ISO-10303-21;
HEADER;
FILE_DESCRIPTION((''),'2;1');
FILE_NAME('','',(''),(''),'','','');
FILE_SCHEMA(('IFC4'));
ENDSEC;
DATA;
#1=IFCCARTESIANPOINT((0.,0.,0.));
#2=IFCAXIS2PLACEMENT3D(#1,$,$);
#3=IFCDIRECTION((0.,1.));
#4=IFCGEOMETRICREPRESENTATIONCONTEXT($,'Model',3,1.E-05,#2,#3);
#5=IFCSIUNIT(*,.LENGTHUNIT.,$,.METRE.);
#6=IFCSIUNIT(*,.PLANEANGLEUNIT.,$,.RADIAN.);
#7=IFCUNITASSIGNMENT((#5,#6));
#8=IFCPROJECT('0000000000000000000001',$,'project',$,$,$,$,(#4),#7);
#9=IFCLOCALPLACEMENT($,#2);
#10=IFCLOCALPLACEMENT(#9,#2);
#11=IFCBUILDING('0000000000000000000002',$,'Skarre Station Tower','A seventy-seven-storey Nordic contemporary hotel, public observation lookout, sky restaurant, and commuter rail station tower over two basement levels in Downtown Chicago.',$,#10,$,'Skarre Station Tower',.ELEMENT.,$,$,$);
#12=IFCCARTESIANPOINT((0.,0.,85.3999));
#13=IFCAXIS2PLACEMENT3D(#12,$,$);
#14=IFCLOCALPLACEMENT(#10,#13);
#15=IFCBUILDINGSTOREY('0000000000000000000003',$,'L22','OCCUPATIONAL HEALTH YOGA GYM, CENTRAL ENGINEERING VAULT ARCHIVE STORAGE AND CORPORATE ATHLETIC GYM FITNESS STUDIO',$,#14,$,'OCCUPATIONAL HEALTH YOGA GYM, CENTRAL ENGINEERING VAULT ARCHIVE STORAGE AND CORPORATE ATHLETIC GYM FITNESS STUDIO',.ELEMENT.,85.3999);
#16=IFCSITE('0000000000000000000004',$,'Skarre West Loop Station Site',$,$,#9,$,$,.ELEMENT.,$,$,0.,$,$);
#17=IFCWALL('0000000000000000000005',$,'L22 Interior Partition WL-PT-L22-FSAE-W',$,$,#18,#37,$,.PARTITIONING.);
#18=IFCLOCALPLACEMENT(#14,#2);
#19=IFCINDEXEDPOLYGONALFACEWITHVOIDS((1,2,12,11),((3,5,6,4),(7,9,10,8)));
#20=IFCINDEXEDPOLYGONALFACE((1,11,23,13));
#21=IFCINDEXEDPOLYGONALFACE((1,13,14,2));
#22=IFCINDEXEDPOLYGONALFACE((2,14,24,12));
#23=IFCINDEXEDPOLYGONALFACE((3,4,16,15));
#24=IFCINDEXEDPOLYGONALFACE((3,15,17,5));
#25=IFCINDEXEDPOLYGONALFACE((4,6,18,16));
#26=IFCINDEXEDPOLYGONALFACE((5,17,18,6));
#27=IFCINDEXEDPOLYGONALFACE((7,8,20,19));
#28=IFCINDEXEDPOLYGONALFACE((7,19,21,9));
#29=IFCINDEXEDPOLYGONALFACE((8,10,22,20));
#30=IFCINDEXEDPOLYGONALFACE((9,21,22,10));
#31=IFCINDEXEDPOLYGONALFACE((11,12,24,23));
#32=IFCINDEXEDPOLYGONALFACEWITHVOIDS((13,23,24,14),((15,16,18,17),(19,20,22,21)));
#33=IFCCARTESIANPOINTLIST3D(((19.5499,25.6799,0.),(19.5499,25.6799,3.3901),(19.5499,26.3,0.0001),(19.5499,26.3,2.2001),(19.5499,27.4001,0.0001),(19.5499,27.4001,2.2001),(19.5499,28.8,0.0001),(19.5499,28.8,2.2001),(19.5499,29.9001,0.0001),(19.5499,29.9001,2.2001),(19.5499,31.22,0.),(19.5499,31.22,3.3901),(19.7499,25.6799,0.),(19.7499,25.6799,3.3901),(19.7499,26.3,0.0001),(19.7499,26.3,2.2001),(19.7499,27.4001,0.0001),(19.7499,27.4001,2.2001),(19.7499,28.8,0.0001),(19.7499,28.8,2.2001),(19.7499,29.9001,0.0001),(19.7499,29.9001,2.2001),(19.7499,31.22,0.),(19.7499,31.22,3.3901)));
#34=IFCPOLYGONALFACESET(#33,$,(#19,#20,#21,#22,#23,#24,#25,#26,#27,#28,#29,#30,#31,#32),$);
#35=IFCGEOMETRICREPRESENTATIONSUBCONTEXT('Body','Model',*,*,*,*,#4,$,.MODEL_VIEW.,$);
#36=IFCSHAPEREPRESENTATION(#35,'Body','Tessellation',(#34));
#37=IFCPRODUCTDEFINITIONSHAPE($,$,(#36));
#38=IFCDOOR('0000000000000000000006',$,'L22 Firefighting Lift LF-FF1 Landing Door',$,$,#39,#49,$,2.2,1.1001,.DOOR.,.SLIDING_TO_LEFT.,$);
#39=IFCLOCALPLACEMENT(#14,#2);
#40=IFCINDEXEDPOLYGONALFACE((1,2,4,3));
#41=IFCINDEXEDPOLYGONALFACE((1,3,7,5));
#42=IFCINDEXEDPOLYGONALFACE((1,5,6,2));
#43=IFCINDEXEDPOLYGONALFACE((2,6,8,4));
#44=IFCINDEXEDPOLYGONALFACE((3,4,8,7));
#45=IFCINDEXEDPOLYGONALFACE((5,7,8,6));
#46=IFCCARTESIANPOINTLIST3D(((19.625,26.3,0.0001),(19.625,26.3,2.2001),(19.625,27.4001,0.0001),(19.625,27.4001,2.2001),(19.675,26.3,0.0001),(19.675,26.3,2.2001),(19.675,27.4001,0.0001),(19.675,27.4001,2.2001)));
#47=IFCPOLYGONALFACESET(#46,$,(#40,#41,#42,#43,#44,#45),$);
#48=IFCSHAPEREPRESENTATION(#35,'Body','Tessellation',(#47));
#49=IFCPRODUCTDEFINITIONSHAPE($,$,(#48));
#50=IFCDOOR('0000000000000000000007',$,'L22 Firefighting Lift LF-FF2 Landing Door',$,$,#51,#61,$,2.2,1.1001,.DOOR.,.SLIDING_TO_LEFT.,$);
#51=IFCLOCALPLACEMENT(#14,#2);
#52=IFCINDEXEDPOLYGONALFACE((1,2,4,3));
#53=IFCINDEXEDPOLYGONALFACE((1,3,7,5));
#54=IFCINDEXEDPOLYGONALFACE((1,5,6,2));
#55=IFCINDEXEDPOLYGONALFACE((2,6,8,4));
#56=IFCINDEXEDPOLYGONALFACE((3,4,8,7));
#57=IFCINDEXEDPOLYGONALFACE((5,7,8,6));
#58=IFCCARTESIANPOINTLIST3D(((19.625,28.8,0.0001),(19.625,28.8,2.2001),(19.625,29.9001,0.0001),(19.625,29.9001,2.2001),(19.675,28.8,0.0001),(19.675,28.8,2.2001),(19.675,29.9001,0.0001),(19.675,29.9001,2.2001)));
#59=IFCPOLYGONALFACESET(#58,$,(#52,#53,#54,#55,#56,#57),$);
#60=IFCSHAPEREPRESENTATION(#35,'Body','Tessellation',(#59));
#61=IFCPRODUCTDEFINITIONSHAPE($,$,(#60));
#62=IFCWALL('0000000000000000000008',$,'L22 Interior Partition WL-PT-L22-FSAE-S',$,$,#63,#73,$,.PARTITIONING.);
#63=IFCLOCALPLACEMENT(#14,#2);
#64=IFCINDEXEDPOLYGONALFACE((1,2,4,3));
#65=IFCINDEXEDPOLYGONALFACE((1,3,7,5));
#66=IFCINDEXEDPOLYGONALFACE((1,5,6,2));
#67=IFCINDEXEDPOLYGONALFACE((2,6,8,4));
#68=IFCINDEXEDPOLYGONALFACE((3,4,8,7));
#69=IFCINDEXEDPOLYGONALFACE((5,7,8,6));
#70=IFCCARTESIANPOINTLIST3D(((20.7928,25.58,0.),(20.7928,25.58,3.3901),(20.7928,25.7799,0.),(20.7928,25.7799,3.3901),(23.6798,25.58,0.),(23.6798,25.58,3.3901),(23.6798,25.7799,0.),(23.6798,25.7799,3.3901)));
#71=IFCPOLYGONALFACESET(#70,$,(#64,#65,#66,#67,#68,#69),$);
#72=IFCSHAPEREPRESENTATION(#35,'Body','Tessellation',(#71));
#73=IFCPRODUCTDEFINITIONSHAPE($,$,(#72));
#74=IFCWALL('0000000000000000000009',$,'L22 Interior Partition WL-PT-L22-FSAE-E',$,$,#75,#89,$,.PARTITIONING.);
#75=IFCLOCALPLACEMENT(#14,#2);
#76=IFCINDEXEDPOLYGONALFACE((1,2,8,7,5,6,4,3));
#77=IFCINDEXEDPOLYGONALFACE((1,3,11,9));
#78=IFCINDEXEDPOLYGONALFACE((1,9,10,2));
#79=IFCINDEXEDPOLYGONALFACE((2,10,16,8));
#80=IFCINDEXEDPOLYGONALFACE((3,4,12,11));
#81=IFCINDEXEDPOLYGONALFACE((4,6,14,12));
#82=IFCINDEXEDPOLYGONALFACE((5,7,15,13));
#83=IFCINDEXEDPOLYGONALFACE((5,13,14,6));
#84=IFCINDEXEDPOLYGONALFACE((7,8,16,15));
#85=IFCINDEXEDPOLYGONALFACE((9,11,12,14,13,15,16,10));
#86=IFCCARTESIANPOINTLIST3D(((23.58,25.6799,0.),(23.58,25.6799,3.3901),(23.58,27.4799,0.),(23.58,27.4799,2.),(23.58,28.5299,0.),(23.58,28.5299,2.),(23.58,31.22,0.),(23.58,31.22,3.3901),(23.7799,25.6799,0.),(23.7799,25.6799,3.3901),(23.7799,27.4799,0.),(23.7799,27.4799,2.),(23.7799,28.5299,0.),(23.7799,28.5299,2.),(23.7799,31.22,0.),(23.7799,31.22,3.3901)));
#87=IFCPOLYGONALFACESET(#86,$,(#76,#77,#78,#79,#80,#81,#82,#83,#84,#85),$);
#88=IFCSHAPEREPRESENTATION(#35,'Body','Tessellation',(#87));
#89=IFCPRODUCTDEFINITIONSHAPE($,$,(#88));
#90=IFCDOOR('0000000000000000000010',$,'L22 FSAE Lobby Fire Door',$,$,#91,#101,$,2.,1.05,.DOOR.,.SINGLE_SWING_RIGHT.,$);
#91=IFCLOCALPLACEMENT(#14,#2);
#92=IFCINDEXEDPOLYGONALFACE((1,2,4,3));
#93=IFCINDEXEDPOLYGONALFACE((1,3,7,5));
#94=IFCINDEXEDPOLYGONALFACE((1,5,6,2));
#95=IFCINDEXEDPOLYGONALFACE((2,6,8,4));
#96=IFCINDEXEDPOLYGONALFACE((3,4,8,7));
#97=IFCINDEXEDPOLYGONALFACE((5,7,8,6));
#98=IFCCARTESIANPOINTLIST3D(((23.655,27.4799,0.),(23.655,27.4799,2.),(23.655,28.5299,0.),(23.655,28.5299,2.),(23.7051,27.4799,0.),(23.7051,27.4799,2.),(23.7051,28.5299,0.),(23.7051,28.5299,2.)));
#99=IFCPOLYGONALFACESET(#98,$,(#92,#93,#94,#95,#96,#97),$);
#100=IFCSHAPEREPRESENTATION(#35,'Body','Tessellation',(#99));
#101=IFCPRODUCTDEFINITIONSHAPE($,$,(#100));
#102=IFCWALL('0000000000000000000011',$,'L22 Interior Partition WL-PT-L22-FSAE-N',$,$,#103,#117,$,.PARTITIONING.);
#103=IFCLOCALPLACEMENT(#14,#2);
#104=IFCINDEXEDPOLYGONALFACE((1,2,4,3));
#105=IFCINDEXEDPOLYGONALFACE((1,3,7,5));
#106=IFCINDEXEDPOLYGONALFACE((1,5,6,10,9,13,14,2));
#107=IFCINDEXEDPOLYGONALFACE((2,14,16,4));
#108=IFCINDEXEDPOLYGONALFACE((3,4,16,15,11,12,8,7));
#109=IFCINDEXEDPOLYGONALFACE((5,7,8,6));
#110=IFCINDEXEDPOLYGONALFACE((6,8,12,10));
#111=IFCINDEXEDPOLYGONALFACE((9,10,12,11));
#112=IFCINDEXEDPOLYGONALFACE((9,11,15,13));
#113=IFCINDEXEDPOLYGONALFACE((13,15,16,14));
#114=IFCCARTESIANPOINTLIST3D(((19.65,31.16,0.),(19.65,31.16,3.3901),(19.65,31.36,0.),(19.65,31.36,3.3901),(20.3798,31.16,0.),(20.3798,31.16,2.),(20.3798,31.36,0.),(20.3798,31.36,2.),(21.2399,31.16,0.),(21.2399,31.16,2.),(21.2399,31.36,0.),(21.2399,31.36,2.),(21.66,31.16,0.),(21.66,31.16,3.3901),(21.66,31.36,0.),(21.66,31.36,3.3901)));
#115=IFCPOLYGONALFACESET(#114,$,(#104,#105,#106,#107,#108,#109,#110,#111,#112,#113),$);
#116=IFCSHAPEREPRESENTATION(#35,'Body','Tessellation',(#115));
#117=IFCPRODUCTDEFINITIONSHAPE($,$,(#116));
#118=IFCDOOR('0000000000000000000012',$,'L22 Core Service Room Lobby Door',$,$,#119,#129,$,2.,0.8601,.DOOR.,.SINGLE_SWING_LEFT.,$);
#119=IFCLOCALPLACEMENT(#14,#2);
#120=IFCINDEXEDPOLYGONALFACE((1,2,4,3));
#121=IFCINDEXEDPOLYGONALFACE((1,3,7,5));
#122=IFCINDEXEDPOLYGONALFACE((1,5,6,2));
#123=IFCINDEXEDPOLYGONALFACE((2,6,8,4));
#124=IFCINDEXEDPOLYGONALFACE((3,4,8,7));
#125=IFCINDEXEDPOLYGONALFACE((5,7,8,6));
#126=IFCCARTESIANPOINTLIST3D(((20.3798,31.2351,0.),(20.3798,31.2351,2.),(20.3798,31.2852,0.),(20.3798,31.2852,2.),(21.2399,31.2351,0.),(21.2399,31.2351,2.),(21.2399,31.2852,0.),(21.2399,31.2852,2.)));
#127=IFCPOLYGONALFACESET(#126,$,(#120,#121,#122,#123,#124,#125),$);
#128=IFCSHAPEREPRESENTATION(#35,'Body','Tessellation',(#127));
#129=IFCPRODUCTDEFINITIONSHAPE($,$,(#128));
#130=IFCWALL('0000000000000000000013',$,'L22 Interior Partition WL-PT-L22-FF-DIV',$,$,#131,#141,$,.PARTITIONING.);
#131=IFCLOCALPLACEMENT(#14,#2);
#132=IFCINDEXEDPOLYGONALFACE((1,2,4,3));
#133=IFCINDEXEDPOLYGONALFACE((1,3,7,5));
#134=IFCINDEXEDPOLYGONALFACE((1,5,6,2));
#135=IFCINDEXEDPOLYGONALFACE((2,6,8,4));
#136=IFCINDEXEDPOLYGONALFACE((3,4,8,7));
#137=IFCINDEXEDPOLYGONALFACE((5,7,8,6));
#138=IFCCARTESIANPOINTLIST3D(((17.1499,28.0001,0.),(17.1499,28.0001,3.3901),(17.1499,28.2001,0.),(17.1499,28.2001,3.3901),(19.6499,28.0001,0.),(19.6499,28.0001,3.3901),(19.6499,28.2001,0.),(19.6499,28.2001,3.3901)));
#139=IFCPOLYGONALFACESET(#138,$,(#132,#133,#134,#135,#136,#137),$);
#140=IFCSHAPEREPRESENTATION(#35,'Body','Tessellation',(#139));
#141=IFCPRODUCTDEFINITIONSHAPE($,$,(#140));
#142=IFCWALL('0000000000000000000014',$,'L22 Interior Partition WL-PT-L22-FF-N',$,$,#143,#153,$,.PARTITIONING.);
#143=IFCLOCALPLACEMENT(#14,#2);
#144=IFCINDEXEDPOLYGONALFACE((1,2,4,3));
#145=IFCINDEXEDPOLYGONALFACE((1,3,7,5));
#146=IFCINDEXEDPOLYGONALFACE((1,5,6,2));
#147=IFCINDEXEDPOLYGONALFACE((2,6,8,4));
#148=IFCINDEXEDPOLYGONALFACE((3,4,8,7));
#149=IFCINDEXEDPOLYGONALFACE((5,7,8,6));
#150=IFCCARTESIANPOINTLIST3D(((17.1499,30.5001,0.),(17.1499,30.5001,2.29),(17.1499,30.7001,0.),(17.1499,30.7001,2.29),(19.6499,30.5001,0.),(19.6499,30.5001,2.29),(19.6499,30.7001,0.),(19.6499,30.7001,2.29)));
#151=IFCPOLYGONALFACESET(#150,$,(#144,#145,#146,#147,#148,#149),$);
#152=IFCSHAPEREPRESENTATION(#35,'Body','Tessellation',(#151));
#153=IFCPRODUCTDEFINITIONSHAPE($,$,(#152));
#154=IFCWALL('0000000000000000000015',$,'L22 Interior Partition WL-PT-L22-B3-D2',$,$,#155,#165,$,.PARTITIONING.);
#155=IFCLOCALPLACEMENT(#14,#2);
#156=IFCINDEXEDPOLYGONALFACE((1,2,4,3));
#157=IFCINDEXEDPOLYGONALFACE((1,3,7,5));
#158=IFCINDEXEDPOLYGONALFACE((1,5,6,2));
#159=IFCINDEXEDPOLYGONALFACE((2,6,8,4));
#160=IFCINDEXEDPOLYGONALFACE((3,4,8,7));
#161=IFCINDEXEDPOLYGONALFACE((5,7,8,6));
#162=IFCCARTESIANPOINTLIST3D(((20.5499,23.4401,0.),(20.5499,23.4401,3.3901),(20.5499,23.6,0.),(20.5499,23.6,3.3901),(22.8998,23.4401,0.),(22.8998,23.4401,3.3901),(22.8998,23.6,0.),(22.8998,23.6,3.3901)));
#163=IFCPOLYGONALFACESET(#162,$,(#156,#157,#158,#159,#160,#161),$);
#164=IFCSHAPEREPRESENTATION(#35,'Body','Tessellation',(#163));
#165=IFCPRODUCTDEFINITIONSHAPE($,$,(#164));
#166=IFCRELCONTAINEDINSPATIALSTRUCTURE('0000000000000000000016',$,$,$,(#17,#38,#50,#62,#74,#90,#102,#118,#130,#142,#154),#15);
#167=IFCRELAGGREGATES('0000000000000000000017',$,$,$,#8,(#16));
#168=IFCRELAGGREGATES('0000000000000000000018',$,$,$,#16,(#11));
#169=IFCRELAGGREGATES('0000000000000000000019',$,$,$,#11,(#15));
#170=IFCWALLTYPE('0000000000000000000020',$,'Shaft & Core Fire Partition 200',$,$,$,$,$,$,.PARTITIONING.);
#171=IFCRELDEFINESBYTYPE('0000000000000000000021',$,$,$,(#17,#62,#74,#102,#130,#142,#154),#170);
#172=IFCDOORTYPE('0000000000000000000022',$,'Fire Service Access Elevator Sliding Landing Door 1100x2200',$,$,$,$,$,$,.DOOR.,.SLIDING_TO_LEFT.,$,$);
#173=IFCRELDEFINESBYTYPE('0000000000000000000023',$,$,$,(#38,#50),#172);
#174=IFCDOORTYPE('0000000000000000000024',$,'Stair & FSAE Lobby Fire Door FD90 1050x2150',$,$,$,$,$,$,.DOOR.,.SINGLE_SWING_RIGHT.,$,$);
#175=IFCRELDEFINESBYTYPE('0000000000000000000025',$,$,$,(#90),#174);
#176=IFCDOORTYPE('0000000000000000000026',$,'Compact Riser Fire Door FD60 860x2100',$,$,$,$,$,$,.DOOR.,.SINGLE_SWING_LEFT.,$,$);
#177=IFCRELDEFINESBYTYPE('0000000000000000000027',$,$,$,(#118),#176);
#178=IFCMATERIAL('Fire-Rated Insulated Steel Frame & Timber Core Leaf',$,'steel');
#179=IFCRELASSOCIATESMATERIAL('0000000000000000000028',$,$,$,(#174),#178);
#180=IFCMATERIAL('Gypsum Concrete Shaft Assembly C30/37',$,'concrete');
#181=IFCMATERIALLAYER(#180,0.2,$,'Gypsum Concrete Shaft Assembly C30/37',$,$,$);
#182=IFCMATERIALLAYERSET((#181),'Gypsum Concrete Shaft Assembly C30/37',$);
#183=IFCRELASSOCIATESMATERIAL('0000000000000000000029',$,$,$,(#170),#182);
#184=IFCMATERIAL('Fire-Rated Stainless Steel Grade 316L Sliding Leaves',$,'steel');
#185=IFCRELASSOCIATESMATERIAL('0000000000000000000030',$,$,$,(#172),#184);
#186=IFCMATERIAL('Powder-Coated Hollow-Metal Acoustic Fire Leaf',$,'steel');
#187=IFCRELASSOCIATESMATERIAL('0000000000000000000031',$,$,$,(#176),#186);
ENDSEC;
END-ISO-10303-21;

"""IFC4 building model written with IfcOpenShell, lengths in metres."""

from ifc_helpers import new_model, si_unit, direction, frame, frame_2d, origin, place, context, subcontext, project, spatial, rectangle, extrude, material, layer, layer_set, type_object, element, fill, save


model = new_model("IFC4")

# Units and contexts
model_context = context("Model", 3, precision=1e-05, world=origin(), true_north=direction((0.0, 1.0)))
body_context = subcontext(model_context, "Body", "Model", "MODEL_VIEW")
ifc_project = project(units=[si_unit("LENGTHUNIT", "METRE"), si_unit("PLANEANGLEUNIT", "RADIAN")], contexts=[model_context])

# Site, building, storey
site_placement = place(None, origin())
site = spatial("IfcSite", under=ifc_project, at=site_placement, Name="Skarre West Loop Station Site", CompositionType="ELEMENT", RefElevation=0.0)
building_placement = place(site_placement, origin())
building = spatial("IfcBuilding", under=site, at=building_placement, Name="Skarre Station Tower", Description="A seventy-seven-storey Nordic contemporary hotel, public observation lookout, sky restaurant, and commuter rail station tower over two basement levels in Downtown Chicago.", LongName="Skarre Station Tower", CompositionType="ELEMENT")
storey_placement = place(building_placement, frame((0.0, 0.0, 85.3999)))
storey = spatial("IfcBuildingStorey", under=building, at=storey_placement, Name="L22", Description="OCCUPATIONAL HEALTH YOGA GYM, CENTRAL ENGINEERING VAULT ARCHIVE STORAGE AND CORPORATE ATHLETIC GYM FITNESS STUDIO", LongName="OCCUPATIONAL HEALTH YOGA GYM, CENTRAL ENGINEERING VAULT ARCHIVE STORAGE AND CORPORATE ATHLETIC GYM FITNESS STUDIO", CompositionType="ELEMENT", Elevation=85.3999)

# Shared definitions
ifc_material_1 = material(Name="Fire-Rated Insulated Steel Frame & Timber Core Leaf", Category="steel")
door_type_1 = type_object("IfcDoorType", Name="Stair & FSAE Lobby Fire Door FD90 1050x2150", OperationType="SINGLE_SWING_RIGHT", PredefinedType="DOOR", material=ifc_material_1)

# Wall, openings, doors
ifc_material_2 = material(Name="Gypsum Concrete Shaft Assembly C30/37", Category="concrete")
ifc_layer_1 = layer(ifc_material_2, 0.2, Name="Gypsum Concrete Shaft Assembly C30/37")
ifc_layer_set_1 = layer_set([ifc_layer_1], Name="Gypsum Concrete Shaft Assembly C30/37")
wall_type_1 = type_object("IfcWallType", Name="Shaft & Core Fire Partition 200", PredefinedType="PARTITIONING", material=ifc_layer_set_1)
wall_1_placement = place(storey_placement, frame((19.6499, 25.6799, 0.0), z_axis=(0.0, 0.0, 1.0), x_axis=(0.0, 1.0, 0.0)))
wall_1 = element("IfcWall", 1, at=wall_1_placement, inside=storey, type_object=wall_type_1, Name="L22 Interior Partition WL-PT-L22-FSAE-W", PredefinedType="PARTITIONING", context=body_context, shape_type="SweptSolid", body=[
    extrude(rectangle(XDim=5.54, YDim=0.2, at=frame_2d((2.77, 0.0))), origin(), (0.0, 0.0, 1.0), 3.3901),
])
opening_1_placement = place(wall_1_placement, frame((0.6201, 0.0, 0.0)))
opening_1 = element("IfcOpeningElement", 2, at=opening_1_placement, cuts=wall_1, PredefinedType="OPENING", context=body_context, shape_type="SweptSolid", body=[
    extrude(rectangle(XDim=1.1001, YDim=2.2, at=frame_2d((0.55, 1.1001))), frame((0.0, 0.1099, 0.0), z_axis=(0.0, -1.0, 0.0), x_axis=(1.0, 0.0, 0.0)), (0.0, 0.0, 1.0), 0.22),
])
opening_2_placement = place(wall_1_placement, frame((3.1201, 0.0, 0.0)))
opening_2 = element("IfcOpeningElement", 3, at=opening_2_placement, cuts=wall_1, PredefinedType="OPENING", context=body_context, shape_type="SweptSolid", body=[
    extrude(rectangle(XDim=1.1001, YDim=2.2, at=frame_2d((0.55, 1.1001))), frame((0.0, 0.1099, 0.0), z_axis=(0.0, -1.0, 0.0), x_axis=(1.0, 0.0, 0.0)), (0.0, 0.0, 1.0), 0.22),
])
ifc_material_3 = material(Name="Fire-Rated Stainless Steel Grade 316L Sliding Leaves", Category="steel")
door_type_2 = type_object("IfcDoorType", Name="Fire Service Access Elevator Sliding Landing Door 1100x2200", OperationType="SLIDING_TO_LEFT", PredefinedType="DOOR", material=ifc_material_3)
door_1_placement = place(opening_1_placement, origin())
door_1 = element("IfcDoor", 4, at=door_1_placement, inside=storey, type_object=door_type_2, Name="L22 Firefighting Lift LF-FF1 Landing Door", OperationType="SLIDING_TO_LEFT", OverallHeight=2.2, OverallWidth=1.1001, PredefinedType="DOOR", context=body_context, shape_type="SweptSolid", body=[
    extrude(rectangle(XDim=1.1001, YDim=2.2, at=frame_2d((0.55, 1.1001))), frame((0.0, 0.0249, 0.0), z_axis=(0.0, -1.0, 0.0), x_axis=(1.0, 0.0, 0.0)), (0.0, 0.0, 1.0), 0.05),
])
fill(opening_1, door_1)
door_2_placement = place(opening_2_placement, origin())
door_2 = element("IfcDoor", 5, at=door_2_placement, inside=storey, type_object=door_type_2, Name="L22 Firefighting Lift LF-FF2 Landing Door", OperationType="SLIDING_TO_LEFT", OverallHeight=2.2, OverallWidth=1.1001, PredefinedType="DOOR", context=body_context, shape_type="SweptSolid", body=[
    extrude(rectangle(XDim=1.1001, YDim=2.2, at=frame_2d((0.55, 1.1001))), frame((0.0, 0.0249, 0.0), z_axis=(0.0, -1.0, 0.0), x_axis=(1.0, 0.0, 0.0)), (0.0, 0.0, 1.0), 0.05),
])
fill(opening_2, door_2)

# Wall
wall_2_placement = place(storey_placement, frame((20.793, 25.6799, 0.0), z_axis=(0.0, 0.0, 1.0), x_axis=(1.0, 0.0, 0.0)))
element("IfcWall", 6, at=wall_2_placement, inside=storey, type_object=wall_type_1, Name="L22 Interior Partition WL-PT-L22-FSAE-S", PredefinedType="PARTITIONING", context=body_context, shape_type="SweptSolid", body=[
    extrude(rectangle(XDim=2.887, YDim=0.2, at=frame_2d((1.4434, 0.0))), origin(), (0.0, 0.0, 1.0), 3.3901),
])

# Walls, openings, doors
wall_3_placement = place(storey_placement, frame((23.6799, 25.6799, 0.0), z_axis=(0.0, 0.0, 1.0), x_axis=(0.0, 1.0, 0.0)))
wall_3 = element("IfcWall", 7, at=wall_3_placement, inside=storey, type_object=wall_type_1, Name="L22 Interior Partition WL-PT-L22-FSAE-E", PredefinedType="PARTITIONING", context=body_context, shape_type="SweptSolid", body=[
    extrude(rectangle(XDim=5.54, YDim=0.2, at=frame_2d((2.77, 0.0))), origin(), (0.0, 0.0, 1.0), 3.3901),
])
opening_3_placement = place(wall_3_placement, frame((1.8, 0.0, 0.0)))
opening_3 = element("IfcOpeningElement", 8, at=opening_3_placement, cuts=wall_3, PredefinedType="OPENING", context=body_context, shape_type="SweptSolid", body=[
    extrude(rectangle(XDim=1.05, YDim=2.0, at=frame_2d((0.5249, 1.0))), frame((0.0, 0.1099, 0.0), z_axis=(0.0, -1.0, 0.0), x_axis=(1.0, 0.0, 0.0)), (0.0, 0.0, 1.0), 0.22),
])
door_3_placement = place(opening_3_placement, origin())
door_3 = element("IfcDoor", 9, at=door_3_placement, inside=storey, type_object=door_type_1, Name="L22 FSAE Lobby Fire Door", OperationType="SINGLE_SWING_RIGHT", OverallHeight=2.0, OverallWidth=1.05, PredefinedType="DOOR", context=body_context, shape_type="SweptSolid", body=[
    extrude(rectangle(XDim=1.05, YDim=2.0, at=frame_2d((0.5249, 1.0))), frame((0.0, 0.0249, 0.0), z_axis=(0.0, -1.0, 0.0), x_axis=(1.0, 0.0, 0.0)), (0.0, 0.0, 1.0), 0.05),
])
fill(opening_3, door_3)
wall_4_placement = place(storey_placement, frame((21.6599, 31.26, 0.0), z_axis=(0.0, 0.0, 1.0), x_axis=(-1.0, 0.0, 0.0)))
wall_4 = element("IfcWall", 10, at=wall_4_placement, inside=storey, type_object=wall_type_1, Name="L22 Interior Partition WL-PT-L22-FSAE-N", PredefinedType="PARTITIONING", context=body_context, shape_type="SweptSolid", body=[
    extrude(rectangle(XDim=2.01, YDim=0.2, at=frame_2d((1.0049, 0.0))), origin(), (0.0, 0.0, 1.0), 3.3901),
])
opening_4_placement = place(wall_4_placement, frame((0.4199, 0.0, 0.0)))
opening_4 = element("IfcOpeningElement", 11, at=opening_4_placement, cuts=wall_4, PredefinedType="OPENING", context=body_context, shape_type="SweptSolid", body=[
    extrude(rectangle(XDim=0.8601, YDim=2.0, at=frame_2d((0.4302, 1.0))), frame((0.0, 0.1099, 0.0), z_axis=(0.0, -1.0, 0.0), x_axis=(1.0, 0.0, 0.0)), (0.0, 0.0, 1.0), 0.22),
])
ifc_material_4 = material(Name="Powder-Coated Hollow-Metal Acoustic Fire Leaf", Category="steel")
door_type_3 = type_object("IfcDoorType", Name="Compact Riser Fire Door FD60 860x2100", OperationType="SINGLE_SWING_LEFT", PredefinedType="DOOR", material=ifc_material_4)
door_4_placement = place(opening_4_placement, origin())
door_4 = element("IfcDoor", 12, at=door_4_placement, inside=storey, type_object=door_type_3, Name="L22 Core Service Room Lobby Door", OperationType="SINGLE_SWING_LEFT", OverallHeight=2.0, OverallWidth=0.8601, PredefinedType="DOOR", context=body_context, shape_type="SweptSolid", body=[
    extrude(rectangle(XDim=0.8601, YDim=2.0, at=frame_2d((0.4302, 1.0))), frame((0.0, 0.0249, 0.0), z_axis=(0.0, -1.0, 0.0), x_axis=(1.0, 0.0, 0.0)), (0.0, 0.0, 1.0), 0.05),
])
fill(opening_4, door_4)

# Walls
wall_5_placement = place(storey_placement, frame((17.1499, 28.1001, 0.0), z_axis=(0.0, 0.0, 1.0), x_axis=(1.0, 0.0, 0.0)))
element("IfcWall", 13, at=wall_5_placement, inside=storey, type_object=wall_type_1, Name="L22 Interior Partition WL-PT-L22-FF-DIV", PredefinedType="PARTITIONING", context=body_context, shape_type="SweptSolid", body=[
    extrude(rectangle(XDim=2.5, YDim=0.2, at=frame_2d((1.25, 0.0))), origin(), (0.0, 0.0, 1.0), 3.3901),
])
wall_6_placement = place(storey_placement, frame((19.6499, 30.6001, 0.0), z_axis=(0.0, 0.0, 1.0), x_axis=(-1.0, 0.0, 0.0)))
element("IfcWall", 14, at=wall_6_placement, inside=storey, type_object=wall_type_1, Name="L22 Interior Partition WL-PT-L22-FF-N", PredefinedType="PARTITIONING", context=body_context, shape_type="SweptSolid", body=[
    extrude(rectangle(XDim=2.5, YDim=0.2, at=frame_2d((1.25, 0.0))), origin(), (0.0, 0.0, 1.0), 2.29),
])
wall_7_placement = place(storey_placement, frame((20.55, 23.52, 0.0), z_axis=(0.0, 0.0, 1.0), x_axis=(1.0, 0.0, 0.0)))
element("IfcWall", 15, at=wall_7_placement, inside=storey, type_object=wall_type_1, Name="L22 Interior Partition WL-PT-L22-B3-D2", PredefinedType="PARTITIONING", context=body_context, shape_type="SweptSolid", body=[
    extrude(rectangle(XDim=2.3499, YDim=0.1599, at=frame_2d((1.1748, 0.0))), origin(), (0.0, 0.0, 1.0), 3.3901),
])

save(model, "model.ifc")
